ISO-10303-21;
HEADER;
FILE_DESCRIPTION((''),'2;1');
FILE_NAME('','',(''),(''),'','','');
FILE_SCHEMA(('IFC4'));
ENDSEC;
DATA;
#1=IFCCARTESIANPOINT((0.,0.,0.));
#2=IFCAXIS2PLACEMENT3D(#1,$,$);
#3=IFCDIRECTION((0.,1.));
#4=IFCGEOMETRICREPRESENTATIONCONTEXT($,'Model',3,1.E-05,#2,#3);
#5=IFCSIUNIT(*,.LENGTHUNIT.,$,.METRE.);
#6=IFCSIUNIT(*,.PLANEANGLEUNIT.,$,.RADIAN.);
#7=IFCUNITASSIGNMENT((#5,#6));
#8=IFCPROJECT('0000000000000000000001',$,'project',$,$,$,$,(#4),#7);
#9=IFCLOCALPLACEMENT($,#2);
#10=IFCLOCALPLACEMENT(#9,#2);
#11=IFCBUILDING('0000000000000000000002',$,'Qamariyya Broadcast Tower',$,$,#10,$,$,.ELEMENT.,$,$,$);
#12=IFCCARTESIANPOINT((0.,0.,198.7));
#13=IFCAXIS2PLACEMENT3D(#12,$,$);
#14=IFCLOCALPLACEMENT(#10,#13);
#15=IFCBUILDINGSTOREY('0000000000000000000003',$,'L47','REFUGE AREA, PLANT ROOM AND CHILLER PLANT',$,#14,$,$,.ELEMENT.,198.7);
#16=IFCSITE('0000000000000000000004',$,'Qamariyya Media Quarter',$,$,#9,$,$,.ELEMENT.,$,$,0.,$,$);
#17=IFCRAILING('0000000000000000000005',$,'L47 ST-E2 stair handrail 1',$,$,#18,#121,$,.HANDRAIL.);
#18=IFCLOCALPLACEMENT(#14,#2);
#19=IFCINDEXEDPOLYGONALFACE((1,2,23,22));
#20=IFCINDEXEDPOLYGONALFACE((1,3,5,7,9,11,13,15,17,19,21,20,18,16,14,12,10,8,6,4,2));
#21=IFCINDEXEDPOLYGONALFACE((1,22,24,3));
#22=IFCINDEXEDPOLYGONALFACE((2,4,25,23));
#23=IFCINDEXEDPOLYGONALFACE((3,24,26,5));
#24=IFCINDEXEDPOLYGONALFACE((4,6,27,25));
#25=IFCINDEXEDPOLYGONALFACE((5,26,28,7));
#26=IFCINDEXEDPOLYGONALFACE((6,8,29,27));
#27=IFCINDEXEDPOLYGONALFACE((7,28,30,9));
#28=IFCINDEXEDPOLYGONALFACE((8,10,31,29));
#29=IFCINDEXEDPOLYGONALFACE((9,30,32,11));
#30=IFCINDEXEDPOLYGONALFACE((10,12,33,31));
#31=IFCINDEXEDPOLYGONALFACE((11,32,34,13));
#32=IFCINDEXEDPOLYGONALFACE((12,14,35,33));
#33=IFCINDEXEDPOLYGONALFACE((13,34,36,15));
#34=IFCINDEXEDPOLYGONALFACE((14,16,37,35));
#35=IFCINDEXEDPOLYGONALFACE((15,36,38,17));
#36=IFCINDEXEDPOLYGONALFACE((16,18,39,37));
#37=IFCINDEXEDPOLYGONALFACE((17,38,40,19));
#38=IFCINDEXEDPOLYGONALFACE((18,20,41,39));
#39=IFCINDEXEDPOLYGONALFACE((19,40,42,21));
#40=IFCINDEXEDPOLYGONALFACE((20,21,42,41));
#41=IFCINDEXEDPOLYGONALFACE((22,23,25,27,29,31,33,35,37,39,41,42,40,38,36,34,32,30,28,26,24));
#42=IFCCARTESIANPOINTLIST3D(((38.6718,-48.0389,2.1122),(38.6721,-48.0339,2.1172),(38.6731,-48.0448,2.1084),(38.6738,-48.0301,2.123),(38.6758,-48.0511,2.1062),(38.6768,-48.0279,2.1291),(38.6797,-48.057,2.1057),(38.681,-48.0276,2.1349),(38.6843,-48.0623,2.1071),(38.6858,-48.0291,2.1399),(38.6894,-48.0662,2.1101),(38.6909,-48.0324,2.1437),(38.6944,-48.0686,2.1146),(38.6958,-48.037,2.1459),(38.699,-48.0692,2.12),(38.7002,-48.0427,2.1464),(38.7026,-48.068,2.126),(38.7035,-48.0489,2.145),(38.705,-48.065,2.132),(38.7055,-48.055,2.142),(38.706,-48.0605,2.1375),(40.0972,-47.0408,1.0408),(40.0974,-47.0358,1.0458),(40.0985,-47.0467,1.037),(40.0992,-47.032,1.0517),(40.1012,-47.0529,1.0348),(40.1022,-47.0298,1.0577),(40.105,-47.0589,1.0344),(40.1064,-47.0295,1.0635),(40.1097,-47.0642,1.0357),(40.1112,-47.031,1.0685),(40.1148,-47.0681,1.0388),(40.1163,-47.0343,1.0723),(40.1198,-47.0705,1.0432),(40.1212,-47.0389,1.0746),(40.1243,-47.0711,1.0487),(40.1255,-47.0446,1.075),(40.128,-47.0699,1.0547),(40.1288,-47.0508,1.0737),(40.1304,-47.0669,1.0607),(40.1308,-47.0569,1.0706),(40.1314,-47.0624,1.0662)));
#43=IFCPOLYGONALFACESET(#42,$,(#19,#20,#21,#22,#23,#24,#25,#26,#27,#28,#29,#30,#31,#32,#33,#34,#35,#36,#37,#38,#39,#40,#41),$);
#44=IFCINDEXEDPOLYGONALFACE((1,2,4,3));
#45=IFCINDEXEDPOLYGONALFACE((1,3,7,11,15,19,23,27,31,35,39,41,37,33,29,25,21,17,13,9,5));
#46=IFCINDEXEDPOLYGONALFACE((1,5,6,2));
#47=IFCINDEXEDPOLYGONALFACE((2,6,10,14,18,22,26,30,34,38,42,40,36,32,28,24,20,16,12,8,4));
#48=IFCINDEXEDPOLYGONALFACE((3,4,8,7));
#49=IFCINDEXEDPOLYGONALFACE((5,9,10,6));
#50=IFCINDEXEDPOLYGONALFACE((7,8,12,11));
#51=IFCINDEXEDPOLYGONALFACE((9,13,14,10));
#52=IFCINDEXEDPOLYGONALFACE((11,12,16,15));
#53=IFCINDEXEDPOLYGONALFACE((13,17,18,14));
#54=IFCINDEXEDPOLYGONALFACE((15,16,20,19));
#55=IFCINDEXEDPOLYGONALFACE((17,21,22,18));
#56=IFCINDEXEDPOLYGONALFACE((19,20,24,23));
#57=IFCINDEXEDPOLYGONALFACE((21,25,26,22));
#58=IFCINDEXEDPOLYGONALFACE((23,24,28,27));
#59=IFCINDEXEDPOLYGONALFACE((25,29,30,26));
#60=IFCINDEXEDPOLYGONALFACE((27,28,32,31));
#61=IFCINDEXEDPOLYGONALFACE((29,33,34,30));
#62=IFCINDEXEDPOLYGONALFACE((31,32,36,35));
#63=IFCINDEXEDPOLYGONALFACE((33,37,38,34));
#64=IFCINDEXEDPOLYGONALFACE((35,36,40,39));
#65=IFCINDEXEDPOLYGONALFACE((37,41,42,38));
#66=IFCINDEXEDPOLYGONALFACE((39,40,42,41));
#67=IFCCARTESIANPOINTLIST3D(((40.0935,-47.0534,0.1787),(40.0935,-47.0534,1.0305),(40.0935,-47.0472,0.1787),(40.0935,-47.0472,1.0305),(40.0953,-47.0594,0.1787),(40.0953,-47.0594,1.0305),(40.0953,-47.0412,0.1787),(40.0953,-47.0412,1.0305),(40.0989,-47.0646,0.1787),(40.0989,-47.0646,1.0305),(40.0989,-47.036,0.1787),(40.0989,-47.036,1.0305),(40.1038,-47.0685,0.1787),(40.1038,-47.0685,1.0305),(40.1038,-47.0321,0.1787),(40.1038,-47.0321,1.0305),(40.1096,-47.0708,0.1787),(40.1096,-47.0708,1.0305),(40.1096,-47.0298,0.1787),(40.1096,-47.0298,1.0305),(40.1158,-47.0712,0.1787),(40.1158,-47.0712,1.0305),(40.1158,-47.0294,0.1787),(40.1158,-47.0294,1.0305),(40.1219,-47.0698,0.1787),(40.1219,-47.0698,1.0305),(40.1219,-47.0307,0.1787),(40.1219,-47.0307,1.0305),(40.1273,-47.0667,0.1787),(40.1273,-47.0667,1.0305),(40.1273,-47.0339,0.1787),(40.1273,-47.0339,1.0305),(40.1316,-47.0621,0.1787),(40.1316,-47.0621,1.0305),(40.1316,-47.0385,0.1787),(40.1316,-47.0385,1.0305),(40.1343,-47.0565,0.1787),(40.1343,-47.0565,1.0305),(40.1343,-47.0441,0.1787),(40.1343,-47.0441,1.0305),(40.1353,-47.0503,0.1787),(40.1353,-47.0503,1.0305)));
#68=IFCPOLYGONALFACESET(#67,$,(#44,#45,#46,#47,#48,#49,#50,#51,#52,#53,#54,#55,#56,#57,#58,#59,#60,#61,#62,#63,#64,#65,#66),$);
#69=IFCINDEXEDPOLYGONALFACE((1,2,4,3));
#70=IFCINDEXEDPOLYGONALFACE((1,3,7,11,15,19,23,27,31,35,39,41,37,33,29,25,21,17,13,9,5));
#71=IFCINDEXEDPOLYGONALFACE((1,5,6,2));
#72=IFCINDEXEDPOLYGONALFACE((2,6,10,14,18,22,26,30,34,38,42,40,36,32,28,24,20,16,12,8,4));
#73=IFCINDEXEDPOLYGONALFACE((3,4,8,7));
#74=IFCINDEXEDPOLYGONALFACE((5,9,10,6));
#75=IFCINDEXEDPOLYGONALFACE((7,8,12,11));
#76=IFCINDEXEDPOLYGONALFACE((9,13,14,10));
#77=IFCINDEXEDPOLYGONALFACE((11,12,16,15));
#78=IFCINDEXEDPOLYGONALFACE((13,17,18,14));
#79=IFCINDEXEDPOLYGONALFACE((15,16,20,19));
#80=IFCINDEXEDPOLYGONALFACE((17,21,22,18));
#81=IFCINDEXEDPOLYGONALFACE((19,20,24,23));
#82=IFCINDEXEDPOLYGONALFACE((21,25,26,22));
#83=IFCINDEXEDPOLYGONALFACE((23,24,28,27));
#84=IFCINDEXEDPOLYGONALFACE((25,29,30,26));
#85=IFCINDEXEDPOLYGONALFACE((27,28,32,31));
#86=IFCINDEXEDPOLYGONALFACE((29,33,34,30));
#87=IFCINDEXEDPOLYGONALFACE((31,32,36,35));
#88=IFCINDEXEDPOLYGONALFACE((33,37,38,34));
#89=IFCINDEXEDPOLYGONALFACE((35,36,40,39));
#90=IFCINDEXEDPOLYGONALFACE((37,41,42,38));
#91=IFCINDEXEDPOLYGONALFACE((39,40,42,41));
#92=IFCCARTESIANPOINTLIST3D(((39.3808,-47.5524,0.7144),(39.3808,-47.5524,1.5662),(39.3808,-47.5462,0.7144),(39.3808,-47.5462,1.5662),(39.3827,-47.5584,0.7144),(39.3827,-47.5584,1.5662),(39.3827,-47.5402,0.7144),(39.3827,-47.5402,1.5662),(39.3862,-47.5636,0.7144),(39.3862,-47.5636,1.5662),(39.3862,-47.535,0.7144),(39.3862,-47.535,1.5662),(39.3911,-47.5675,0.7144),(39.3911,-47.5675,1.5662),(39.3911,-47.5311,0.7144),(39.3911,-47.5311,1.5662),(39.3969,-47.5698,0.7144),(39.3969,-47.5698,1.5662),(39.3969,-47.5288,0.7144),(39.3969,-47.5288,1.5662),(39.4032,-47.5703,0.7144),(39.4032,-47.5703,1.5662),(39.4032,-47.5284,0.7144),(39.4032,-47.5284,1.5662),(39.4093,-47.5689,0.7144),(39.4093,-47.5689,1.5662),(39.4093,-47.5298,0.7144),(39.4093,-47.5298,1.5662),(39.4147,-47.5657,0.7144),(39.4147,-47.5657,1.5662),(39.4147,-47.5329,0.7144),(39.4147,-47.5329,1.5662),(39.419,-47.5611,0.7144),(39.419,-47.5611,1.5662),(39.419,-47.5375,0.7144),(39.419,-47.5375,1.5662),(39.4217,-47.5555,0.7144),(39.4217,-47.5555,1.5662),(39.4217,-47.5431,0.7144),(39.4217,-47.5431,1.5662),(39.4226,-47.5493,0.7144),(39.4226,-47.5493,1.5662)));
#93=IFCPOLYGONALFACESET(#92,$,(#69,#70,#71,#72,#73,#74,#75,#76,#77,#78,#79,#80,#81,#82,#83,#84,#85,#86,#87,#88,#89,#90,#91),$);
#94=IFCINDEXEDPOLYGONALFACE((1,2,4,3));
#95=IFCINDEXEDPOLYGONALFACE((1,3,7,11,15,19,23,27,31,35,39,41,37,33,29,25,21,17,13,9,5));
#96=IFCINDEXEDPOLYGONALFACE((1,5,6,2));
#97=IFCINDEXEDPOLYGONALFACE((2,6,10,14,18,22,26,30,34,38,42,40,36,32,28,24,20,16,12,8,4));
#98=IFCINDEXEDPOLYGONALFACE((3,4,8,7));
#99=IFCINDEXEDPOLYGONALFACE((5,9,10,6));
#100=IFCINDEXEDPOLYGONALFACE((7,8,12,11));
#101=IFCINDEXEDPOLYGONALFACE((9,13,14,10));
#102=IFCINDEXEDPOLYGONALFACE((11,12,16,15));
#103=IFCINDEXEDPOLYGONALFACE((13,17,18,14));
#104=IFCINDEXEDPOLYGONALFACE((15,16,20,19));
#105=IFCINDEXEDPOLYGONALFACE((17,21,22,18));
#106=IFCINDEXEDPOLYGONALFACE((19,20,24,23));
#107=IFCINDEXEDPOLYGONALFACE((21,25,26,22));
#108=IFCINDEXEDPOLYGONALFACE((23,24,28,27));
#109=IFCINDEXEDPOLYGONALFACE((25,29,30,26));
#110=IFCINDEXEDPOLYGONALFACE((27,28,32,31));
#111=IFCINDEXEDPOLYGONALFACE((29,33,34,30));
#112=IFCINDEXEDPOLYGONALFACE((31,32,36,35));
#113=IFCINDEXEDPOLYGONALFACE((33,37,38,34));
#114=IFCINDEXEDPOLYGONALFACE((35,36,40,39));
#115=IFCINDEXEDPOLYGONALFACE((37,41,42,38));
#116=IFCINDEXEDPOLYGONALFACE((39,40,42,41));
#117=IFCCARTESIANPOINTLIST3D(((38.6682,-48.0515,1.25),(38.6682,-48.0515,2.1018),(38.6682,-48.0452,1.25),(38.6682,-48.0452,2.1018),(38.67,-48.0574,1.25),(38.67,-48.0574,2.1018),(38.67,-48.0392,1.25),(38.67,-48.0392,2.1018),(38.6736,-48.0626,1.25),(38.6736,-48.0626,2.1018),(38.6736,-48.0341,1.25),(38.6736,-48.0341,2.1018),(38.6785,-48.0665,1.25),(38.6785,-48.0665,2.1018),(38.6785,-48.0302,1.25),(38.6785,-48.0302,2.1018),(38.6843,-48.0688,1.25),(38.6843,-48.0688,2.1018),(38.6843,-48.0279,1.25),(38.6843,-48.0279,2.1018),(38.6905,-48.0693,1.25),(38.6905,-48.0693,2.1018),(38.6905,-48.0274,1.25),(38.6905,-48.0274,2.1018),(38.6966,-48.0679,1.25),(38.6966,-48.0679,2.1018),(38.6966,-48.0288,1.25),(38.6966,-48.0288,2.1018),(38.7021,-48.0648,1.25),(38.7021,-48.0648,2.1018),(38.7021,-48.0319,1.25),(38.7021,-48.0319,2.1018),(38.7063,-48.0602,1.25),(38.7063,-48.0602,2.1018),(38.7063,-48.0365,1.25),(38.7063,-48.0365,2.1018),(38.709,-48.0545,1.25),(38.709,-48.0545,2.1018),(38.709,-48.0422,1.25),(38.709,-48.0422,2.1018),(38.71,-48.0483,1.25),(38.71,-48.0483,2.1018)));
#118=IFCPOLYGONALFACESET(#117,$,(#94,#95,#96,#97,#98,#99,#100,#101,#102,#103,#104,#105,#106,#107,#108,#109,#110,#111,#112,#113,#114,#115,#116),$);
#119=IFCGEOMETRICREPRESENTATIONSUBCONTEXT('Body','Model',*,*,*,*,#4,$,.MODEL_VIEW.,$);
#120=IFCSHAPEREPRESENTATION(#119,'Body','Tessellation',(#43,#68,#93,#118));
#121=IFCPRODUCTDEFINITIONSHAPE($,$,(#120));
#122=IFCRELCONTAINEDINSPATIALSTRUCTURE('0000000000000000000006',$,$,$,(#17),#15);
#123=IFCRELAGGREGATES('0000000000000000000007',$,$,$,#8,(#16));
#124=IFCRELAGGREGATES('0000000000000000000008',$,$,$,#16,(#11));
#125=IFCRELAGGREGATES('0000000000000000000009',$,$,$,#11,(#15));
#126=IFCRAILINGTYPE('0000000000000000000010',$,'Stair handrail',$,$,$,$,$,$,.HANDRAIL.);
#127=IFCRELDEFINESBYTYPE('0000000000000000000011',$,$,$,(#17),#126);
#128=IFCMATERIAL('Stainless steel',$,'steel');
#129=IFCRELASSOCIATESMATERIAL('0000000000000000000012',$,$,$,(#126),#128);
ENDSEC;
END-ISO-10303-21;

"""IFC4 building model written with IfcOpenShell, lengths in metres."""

from ifc_helpers import new_model, si_unit, direction, frame, origin, origin_2d, place, context, subcontext, project, spatial, circle, extrude, material, type_object, element, save


model = new_model("IFC4")

# Units and contexts
model_context = context("Model", 3, precision=1e-05, world=origin(), true_north=direction((0.0, 1.0)))
body_context = subcontext(model_context, "Body", "Model", "MODEL_VIEW")
ifc_project = project(units=[si_unit("LENGTHUNIT", "METRE"), si_unit("PLANEANGLEUNIT", "RADIAN")], contexts=[model_context])

# Site, building, storey
site_placement = place(None, origin())
site = spatial("IfcSite", under=ifc_project, at=site_placement, Name="Qamariyya Media Quarter", CompositionType="ELEMENT", RefElevation=0.0)
building_placement = place(site_placement, origin())
building = spatial("IfcBuilding", under=site, at=building_placement, Name="Qamariyya Broadcast Tower", CompositionType="ELEMENT")
storey_placement = place(building_placement, frame((0.0, 0.0, 198.7)))
storey = spatial("IfcBuildingStorey", under=building, at=storey_placement, Name="L47", Description="REFUGE AREA, PLANT ROOM AND CHILLER PLANT", CompositionType="ELEMENT", Elevation=198.7)

# Railing
ifc_material_1 = material(Name="Stainless steel", Category="steel")
railing_type_1 = type_object("IfcRailingType", Name="Stair handrail", PredefinedType="HANDRAIL", material=ifc_material_1)
railing_1_placement = place(storey_placement, frame((40.1143, -47.0503, 0.1787)))
element("IfcRailing", 1, at=railing_1_placement, inside=storey, type_object=railing_type_1, Name="L47 ST-E2 stair handrail 1", PredefinedType="HANDRAIL", context=body_context, shape_type="SweptSolid", body=[
    extrude(circle(Radius=0.0239, at=origin_2d()), frame((0.0, 0.0, 0.876), z_axis=(-0.697533, -0.48844, 0.524285), x_axis=(0.573594, -0.81914, 0.0)), (0.0, 0.0, 1.0), 2.0435),
    extrude(circle(Radius=0.021, at=origin_2d()), origin(), (0.0, 0.0, 1.0), 0.8518),
    extrude(circle(Radius=0.021, at=origin_2d()), frame((-0.7126, -0.499, 0.5356)), (0.0, 0.0, 1.0), 0.8518),
    extrude(circle(Radius=0.021, at=origin_2d()), frame((-1.4253, -0.998, 1.0713)), (0.0, 0.0, 1.0), 0.8518),
])

save(model, "model.ifc")
